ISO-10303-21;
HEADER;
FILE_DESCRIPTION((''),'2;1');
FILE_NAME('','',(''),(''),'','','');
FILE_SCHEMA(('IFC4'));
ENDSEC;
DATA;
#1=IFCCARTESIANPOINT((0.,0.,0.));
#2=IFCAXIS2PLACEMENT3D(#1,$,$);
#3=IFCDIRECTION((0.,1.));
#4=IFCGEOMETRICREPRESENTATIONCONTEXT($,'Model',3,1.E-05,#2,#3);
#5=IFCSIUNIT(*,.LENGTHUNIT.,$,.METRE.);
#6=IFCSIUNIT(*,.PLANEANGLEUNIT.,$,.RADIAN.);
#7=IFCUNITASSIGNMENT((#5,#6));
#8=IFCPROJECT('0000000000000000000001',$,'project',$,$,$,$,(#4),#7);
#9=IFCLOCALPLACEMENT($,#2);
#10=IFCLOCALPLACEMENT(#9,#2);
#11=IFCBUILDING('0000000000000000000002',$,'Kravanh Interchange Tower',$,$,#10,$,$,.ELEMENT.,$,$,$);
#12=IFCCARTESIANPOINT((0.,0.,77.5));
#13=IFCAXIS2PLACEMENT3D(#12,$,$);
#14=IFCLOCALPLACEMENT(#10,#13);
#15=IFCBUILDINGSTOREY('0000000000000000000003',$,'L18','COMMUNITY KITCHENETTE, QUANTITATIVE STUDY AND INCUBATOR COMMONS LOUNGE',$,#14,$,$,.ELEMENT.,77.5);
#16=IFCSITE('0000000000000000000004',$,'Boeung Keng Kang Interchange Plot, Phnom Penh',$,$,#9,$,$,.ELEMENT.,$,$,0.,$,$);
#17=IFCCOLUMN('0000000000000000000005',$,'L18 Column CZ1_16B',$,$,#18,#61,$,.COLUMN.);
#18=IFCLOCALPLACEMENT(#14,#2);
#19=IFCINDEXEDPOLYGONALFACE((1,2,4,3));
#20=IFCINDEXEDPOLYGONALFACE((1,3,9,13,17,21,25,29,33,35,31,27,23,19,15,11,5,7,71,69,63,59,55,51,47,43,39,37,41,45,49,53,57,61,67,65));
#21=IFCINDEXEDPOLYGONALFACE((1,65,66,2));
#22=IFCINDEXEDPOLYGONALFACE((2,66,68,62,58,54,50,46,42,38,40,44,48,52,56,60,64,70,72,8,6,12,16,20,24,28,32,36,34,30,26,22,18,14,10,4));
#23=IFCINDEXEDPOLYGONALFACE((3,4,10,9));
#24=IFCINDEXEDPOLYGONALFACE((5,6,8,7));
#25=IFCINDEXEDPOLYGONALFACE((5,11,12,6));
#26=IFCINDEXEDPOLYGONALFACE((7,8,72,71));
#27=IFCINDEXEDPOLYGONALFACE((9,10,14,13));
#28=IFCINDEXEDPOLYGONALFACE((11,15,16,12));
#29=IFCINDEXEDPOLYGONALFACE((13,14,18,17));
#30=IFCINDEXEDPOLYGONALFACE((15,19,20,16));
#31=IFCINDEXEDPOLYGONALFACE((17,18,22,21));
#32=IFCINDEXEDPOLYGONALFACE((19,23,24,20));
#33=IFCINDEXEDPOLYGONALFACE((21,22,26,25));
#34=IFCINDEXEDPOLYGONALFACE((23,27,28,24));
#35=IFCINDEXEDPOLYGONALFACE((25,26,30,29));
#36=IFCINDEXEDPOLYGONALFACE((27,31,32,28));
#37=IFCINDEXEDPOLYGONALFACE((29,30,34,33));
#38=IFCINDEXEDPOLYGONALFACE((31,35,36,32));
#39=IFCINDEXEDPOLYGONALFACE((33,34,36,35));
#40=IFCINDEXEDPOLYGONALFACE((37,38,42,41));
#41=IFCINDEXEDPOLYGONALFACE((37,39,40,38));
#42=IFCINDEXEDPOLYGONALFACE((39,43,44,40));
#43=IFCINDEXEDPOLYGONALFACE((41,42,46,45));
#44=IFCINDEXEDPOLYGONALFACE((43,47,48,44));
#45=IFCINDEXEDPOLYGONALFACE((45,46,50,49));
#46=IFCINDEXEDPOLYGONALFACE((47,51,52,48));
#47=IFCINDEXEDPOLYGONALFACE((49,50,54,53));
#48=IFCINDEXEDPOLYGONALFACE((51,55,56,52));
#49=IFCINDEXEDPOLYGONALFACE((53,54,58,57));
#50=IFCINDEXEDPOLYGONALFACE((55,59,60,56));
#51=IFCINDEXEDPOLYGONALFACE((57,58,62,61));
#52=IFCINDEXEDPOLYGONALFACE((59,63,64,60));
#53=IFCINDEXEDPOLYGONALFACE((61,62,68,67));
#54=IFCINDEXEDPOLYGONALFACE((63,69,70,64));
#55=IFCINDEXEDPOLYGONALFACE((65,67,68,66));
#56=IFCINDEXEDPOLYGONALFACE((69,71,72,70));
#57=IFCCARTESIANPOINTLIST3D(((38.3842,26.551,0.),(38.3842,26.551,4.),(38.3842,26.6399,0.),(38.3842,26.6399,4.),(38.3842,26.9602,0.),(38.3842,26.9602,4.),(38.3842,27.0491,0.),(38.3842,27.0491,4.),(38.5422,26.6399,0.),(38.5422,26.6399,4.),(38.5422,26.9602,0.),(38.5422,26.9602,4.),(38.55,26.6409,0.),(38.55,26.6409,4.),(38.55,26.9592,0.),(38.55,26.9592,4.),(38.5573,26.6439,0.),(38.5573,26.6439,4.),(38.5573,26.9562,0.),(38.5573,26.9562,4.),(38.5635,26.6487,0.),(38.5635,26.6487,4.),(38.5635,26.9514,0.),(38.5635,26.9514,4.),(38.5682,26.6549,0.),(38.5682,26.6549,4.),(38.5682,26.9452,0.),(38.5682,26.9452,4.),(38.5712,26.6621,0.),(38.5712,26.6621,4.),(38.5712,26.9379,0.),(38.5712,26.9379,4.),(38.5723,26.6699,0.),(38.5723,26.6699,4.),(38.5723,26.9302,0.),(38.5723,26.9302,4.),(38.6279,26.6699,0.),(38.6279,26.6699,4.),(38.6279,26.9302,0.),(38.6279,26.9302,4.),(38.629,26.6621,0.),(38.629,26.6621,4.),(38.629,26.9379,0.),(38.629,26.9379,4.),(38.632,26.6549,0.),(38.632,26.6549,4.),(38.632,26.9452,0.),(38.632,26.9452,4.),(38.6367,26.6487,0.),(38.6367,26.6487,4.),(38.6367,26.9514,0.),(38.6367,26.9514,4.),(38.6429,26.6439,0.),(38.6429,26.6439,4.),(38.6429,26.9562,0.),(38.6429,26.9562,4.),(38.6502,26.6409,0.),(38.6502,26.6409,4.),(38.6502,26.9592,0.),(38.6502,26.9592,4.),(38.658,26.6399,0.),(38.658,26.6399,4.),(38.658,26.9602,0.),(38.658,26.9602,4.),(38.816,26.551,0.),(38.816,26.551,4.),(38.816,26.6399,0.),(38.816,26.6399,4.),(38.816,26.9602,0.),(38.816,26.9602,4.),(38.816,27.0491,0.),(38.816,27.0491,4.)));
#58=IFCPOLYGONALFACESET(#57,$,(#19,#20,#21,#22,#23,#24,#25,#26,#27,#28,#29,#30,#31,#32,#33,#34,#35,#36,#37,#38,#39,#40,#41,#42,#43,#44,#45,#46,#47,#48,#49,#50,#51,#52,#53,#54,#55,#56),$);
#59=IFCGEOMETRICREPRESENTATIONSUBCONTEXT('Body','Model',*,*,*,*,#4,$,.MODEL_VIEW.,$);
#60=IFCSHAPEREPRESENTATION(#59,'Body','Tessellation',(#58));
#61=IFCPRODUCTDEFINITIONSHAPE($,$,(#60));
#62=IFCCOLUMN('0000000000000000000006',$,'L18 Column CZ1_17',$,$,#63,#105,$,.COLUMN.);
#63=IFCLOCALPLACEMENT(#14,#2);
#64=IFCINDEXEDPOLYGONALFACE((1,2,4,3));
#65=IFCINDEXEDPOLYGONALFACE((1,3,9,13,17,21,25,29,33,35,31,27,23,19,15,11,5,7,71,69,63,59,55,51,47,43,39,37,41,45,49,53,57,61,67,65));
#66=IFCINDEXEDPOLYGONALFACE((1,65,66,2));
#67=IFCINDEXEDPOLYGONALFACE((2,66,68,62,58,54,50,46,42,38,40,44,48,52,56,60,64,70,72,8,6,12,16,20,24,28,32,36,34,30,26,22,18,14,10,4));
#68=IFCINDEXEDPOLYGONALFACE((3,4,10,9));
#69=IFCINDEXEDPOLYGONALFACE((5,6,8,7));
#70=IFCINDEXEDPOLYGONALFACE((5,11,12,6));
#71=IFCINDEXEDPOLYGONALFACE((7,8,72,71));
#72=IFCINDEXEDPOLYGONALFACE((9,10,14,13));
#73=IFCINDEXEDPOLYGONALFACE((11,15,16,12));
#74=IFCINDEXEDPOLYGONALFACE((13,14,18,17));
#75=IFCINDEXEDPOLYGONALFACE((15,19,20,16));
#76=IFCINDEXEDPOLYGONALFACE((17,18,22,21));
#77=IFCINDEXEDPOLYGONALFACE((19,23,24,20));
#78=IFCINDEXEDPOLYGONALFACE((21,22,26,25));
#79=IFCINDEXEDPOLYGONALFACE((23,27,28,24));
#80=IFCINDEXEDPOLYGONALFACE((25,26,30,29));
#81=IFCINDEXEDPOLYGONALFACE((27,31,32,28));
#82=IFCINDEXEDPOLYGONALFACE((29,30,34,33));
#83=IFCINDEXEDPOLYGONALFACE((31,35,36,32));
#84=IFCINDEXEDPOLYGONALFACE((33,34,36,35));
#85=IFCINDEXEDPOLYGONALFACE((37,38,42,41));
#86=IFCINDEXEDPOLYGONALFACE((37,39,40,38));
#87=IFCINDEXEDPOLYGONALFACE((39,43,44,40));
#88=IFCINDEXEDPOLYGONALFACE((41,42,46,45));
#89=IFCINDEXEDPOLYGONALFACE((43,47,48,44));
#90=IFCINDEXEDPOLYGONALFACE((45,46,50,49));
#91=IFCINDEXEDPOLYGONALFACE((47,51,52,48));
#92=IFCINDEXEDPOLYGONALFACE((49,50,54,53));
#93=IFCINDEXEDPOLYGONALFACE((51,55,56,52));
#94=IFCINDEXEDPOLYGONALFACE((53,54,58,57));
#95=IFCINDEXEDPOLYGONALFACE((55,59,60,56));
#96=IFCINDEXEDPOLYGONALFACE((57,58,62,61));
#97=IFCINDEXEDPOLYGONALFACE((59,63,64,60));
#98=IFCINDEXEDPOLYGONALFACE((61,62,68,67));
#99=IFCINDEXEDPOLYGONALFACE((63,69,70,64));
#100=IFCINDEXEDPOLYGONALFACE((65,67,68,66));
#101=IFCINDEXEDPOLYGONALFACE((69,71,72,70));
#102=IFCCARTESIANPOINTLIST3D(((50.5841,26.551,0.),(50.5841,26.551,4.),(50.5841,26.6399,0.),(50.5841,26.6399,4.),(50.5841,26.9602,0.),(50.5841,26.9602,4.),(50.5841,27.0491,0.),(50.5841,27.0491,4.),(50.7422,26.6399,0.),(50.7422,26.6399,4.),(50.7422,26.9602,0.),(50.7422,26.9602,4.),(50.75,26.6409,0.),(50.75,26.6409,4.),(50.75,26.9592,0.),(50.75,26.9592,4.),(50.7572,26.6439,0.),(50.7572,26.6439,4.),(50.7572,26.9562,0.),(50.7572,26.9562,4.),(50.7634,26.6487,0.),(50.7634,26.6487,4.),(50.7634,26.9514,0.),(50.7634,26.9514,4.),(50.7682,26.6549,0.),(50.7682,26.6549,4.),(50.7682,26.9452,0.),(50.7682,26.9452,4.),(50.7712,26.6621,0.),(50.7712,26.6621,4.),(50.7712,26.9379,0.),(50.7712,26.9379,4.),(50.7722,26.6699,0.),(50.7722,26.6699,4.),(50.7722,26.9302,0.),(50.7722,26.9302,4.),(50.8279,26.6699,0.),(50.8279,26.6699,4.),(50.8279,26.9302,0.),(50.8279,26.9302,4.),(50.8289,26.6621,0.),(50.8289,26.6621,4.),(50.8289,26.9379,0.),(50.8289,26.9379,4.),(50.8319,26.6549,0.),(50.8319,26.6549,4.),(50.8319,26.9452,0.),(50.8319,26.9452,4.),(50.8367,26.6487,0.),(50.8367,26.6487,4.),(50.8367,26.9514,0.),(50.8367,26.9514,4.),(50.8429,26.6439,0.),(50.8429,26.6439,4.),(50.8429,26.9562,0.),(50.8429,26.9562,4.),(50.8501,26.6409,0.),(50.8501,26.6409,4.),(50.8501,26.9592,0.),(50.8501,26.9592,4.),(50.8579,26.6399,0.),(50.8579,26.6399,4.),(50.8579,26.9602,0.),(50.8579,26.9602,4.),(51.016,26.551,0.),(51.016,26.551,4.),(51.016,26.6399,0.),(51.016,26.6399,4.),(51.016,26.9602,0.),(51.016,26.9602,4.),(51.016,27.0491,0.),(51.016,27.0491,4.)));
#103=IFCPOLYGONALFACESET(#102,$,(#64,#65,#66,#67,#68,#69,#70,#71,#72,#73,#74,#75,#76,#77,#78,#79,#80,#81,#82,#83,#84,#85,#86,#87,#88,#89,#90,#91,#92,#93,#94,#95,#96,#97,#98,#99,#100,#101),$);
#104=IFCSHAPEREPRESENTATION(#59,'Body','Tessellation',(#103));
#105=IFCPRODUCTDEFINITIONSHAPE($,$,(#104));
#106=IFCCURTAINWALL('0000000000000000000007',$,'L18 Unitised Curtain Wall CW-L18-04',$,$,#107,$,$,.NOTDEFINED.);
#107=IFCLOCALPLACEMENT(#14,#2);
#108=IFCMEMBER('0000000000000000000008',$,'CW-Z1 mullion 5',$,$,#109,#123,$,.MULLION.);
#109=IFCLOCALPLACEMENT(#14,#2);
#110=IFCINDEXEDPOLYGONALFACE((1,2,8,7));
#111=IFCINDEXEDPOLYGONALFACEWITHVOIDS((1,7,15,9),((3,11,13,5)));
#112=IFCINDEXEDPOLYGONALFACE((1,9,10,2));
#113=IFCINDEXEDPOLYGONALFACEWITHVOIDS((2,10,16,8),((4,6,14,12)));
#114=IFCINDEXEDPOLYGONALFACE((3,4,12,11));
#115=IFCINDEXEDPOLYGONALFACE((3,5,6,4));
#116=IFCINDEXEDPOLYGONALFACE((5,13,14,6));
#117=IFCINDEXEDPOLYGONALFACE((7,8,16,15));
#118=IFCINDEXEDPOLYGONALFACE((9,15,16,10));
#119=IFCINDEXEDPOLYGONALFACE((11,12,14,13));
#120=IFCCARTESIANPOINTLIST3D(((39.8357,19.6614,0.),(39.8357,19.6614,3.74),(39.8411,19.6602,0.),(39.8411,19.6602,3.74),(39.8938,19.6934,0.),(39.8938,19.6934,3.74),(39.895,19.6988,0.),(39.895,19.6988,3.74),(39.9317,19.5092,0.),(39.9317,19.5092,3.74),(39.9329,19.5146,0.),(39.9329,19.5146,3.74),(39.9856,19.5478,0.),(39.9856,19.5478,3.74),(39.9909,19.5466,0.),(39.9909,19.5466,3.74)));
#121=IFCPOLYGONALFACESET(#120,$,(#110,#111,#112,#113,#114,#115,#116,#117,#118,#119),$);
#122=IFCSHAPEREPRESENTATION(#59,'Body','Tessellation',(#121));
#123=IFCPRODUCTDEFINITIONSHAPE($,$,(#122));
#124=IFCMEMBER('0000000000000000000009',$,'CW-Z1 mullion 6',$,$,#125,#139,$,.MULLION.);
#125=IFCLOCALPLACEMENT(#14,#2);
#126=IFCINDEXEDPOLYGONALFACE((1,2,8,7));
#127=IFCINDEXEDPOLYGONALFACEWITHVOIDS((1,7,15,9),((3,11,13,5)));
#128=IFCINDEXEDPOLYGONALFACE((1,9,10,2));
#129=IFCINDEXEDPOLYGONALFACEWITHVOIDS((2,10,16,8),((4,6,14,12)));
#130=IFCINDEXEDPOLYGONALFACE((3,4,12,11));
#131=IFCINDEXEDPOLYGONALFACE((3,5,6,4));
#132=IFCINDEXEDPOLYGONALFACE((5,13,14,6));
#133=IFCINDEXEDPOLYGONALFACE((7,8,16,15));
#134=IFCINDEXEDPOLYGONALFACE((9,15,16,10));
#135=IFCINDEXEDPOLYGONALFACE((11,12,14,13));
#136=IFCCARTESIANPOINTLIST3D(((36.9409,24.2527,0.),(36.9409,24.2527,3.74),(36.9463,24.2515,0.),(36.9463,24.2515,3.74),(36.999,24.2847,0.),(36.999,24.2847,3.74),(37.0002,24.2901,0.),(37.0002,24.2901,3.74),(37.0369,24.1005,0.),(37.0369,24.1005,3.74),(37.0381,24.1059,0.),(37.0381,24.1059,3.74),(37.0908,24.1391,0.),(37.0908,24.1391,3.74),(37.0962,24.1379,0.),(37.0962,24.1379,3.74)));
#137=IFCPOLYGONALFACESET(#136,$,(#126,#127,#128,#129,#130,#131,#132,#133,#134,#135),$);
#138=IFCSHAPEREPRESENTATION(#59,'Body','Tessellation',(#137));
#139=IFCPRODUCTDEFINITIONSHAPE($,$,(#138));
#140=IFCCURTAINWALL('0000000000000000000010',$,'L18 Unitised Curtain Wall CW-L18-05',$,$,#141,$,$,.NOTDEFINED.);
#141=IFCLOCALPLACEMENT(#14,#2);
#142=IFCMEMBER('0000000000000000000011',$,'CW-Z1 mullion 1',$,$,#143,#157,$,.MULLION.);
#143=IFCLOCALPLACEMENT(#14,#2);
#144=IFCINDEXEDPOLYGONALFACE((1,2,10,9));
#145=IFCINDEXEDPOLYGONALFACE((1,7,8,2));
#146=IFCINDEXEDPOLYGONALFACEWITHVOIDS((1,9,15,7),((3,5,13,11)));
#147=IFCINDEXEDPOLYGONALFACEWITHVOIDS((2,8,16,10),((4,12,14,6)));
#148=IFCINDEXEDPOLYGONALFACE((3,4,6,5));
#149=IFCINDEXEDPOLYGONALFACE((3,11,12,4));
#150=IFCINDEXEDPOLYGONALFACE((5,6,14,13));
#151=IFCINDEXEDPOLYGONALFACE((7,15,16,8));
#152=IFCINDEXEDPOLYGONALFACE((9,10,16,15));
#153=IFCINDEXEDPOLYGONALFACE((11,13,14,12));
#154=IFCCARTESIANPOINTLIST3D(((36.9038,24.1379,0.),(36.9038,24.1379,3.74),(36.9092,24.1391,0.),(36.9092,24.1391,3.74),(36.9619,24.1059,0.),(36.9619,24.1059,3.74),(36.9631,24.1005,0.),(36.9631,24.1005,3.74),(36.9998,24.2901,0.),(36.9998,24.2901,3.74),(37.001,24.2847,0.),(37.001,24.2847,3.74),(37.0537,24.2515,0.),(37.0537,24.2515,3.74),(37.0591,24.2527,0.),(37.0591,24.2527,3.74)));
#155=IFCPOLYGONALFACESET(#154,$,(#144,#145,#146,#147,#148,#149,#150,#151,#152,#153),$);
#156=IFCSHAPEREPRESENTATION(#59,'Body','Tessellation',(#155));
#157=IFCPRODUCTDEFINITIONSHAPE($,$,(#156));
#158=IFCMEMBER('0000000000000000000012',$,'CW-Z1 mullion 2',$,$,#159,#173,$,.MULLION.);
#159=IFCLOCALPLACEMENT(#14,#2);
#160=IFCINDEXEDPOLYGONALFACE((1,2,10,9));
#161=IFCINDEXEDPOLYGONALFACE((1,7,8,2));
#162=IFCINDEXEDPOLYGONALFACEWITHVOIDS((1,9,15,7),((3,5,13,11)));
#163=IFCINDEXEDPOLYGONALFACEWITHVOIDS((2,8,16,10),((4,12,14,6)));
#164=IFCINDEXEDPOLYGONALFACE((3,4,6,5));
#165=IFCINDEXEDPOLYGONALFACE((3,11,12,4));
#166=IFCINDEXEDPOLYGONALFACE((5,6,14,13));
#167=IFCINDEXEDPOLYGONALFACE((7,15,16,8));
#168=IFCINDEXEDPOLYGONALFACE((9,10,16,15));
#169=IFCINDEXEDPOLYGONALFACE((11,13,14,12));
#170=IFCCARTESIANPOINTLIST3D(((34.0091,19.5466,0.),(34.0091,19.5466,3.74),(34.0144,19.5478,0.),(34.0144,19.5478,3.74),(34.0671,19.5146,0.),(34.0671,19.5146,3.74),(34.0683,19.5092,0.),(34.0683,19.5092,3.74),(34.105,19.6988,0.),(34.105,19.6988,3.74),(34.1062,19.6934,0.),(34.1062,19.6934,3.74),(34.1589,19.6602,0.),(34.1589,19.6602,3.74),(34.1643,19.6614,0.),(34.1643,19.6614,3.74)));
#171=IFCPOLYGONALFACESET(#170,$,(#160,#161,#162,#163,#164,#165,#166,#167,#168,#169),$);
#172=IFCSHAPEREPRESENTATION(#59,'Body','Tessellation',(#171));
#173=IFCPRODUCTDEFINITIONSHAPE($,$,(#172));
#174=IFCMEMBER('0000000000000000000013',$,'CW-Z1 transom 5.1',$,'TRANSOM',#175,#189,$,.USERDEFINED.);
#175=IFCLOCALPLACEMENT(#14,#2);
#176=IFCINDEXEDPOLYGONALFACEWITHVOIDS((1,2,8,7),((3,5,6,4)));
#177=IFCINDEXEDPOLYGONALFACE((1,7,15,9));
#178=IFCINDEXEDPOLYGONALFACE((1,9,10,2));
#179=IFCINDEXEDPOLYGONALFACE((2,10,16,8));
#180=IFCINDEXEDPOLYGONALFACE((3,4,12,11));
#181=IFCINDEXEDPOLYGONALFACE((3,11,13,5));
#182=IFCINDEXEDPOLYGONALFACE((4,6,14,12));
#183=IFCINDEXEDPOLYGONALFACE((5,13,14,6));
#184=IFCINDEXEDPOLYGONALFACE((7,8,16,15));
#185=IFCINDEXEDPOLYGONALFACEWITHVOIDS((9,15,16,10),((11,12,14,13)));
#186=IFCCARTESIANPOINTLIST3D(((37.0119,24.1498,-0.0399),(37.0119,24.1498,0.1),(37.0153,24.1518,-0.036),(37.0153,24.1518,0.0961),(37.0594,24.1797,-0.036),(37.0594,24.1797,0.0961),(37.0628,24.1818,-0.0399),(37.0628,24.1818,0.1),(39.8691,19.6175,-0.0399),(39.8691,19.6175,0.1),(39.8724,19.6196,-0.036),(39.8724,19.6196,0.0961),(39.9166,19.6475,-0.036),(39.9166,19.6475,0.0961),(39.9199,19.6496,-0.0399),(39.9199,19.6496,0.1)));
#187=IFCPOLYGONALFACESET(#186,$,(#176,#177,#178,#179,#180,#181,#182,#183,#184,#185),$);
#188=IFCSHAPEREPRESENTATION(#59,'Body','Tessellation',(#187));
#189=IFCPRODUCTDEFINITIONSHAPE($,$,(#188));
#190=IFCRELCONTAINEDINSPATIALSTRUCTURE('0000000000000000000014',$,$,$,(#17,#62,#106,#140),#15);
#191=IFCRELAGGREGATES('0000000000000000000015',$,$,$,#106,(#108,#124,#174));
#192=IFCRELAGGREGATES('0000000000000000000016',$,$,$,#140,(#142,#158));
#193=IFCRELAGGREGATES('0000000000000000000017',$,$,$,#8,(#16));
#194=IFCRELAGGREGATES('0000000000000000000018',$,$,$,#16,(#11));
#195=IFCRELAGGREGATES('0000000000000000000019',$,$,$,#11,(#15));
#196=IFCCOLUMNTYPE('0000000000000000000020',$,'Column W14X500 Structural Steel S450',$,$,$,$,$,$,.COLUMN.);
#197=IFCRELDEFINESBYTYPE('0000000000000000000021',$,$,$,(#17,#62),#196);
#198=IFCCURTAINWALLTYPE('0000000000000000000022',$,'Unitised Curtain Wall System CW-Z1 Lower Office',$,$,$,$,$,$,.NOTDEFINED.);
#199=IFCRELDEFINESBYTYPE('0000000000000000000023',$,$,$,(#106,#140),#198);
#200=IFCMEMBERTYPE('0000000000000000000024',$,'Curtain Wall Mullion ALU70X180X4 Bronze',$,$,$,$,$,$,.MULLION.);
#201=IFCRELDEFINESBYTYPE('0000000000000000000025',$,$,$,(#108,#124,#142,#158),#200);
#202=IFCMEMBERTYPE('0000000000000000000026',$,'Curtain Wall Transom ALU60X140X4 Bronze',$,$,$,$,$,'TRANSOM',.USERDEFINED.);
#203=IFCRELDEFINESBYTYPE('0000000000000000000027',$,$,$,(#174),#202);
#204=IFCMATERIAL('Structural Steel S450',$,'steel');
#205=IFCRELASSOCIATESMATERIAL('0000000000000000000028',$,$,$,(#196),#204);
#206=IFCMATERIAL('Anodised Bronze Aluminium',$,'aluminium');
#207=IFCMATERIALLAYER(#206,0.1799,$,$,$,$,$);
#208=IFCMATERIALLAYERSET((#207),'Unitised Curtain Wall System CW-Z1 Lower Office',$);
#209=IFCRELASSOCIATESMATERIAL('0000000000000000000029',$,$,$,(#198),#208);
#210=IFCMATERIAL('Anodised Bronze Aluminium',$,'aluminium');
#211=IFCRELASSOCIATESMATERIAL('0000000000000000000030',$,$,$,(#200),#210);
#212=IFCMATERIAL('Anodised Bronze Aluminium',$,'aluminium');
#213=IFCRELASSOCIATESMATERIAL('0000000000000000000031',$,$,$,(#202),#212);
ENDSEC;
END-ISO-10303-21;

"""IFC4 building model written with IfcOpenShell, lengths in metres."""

from ifc_helpers import new_model, si_unit, direction, frame, origin, origin_2d, place, context, subcontext, project, spatial, hollow_rectangle, i_section, extrude, material, layer, layer_set, material_profile, profile_set, type_object, element, aggregate, save


model = new_model("IFC4")

# Units and contexts
model_context = context("Model", 3, precision=1e-05, world=origin(), true_north=direction((0.0, 1.0)))
body_context = subcontext(model_context, "Body", "Model", "MODEL_VIEW")
ifc_project = project(units=[si_unit("LENGTHUNIT", "METRE"), si_unit("PLANEANGLEUNIT", "RADIAN")], contexts=[model_context])

# Site, building, storey
site_placement = place(None, origin())
site = spatial("IfcSite", under=ifc_project, at=site_placement, Name="Boeung Keng Kang Interchange Plot, Phnom Penh", CompositionType="ELEMENT", RefElevation=0.0)
building_placement = place(site_placement, origin())
building = spatial("IfcBuilding", under=site, at=building_placement, Name="Kravanh Interchange Tower", CompositionType="ELEMENT")
storey_placement = place(building_placement, frame((0.0, 0.0, 77.5)))
storey = spatial("IfcBuildingStorey", under=building, at=storey_placement, Name="L18", Description="COMMUNITY KITCHENETTE, QUANTITATIVE STUDY AND INCUBATOR COMMONS LOUNGE", CompositionType="ELEMENT", Elevation=77.5)

# Columns
ifc_material_1 = material(Name="Structural Steel S450", Category="steel")
ifc_material_profile_1 = material_profile(ifc_material_1, i_section(OverallWidth=0.4319, OverallDepth=0.498, WebThickness=0.0557, FlangeThickness=0.0889, FilletRadius=0.03, at=origin_2d()), Name="W14X500")
ifc_profile_set_1 = profile_set([ifc_material_profile_1], Name="Structural Steel S450")
column_type = type_object("IfcColumnType", Name="Column W14X500 Structural Steel S450", PredefinedType="COLUMN", material=ifc_profile_set_1)
for number, where, z_axis, x_axis, name in (
    (1, (38.6001, 26.8, 0.0), (0.0, 0.0, 1.0), (1.0, 0.0, 0.0), "L18 Column CZ1_16B"),
    (2, (50.8, 26.8, 0.0), (0.0, 0.0, 1.0), (1.0, 0.0, 0.0), "L18 Column CZ1_17"),
):
    element("IfcColumn", number, at=place(storey_placement, frame(where, z_axis=z_axis, x_axis=x_axis)), inside=storey, type_object=column_type, Name=name, PredefinedType="COLUMN", context=body_context, shape_type="SweptSolid", body=[
        extrude(i_section(OverallWidth=0.4319, OverallDepth=0.498, WebThickness=0.0557, FlangeThickness=0.0889, FilletRadius=0.03, at=origin_2d()), origin(), (0.0, 0.0, 1.0), 4.0),
    ])

# Curtain walls, members
ifc_material_2 = material(Name="Anodised Bronze Aluminium", Category="aluminium")
ifc_layer_1 = layer(ifc_material_2, 0.1799)
ifc_layer_set_1 = layer_set([ifc_layer_1], Name="Unitised Curtain Wall System CW-Z1 Lower Office")
curtain_wall_type = type_object("IfcCurtainWallType", Name="Unitised Curtain Wall System CW-Z1 Lower Office", PredefinedType="NOTDEFINED", material=ifc_layer_set_1)
curtain_wall_1_placement = place(storey_placement, origin())
curtain_wall_1 = element("IfcCurtainWall", 3, at=curtain_wall_1_placement, inside=storey, type_object=curtain_wall_type, Name="L18 Unitised Curtain Wall CW-L18-04", PredefinedType="NOTDEFINED")
ifc_material_3 = material(Name="Anodised Bronze Aluminium", Category="aluminium")
ifc_material_profile_2 = material_profile(ifc_material_3, hollow_rectangle(XDim=0.0701, YDim=0.1799, WallThickness=0.0039, at=origin_2d()), Name="ALU70X180X4")
ifc_profile_set_2 = profile_set([ifc_material_profile_2], Name="Anodised Bronze Aluminium")
member_type_1 = type_object("IfcMemberType", Name="Curtain Wall Mullion ALU70X180X4 Bronze", PredefinedType="MULLION", material=ifc_profile_set_2)
member_1_placement = place(storey_placement, frame((39.9133, 19.604, 0.0), z_axis=(0.0, 0.0, 1.0), x_axis=(-0.845926, -0.533301, 0.0)))
member_1 = element("IfcMember", 4, at=member_1_placement, type_object=member_type_1, Name="CW-Z1 mullion 5", PredefinedType="MULLION", context=body_context, shape_type="SweptSolid", body=[
    extrude(hollow_rectangle(XDim=0.0701, YDim=0.1799, WallThickness=0.0039, at=origin_2d()), origin(), (0.0, 0.0, 1.0), 3.74),
])
member_2_placement = place(storey_placement, frame((37.0186, 24.1953, 0.0), z_axis=(0.0, 0.0, 1.0), x_axis=(-0.845926, -0.533301, 0.0)))
member_2 = element("IfcMember", 5, at=member_2_placement, type_object=member_type_1, Name="CW-Z1 mullion 6", PredefinedType="MULLION", context=body_context, shape_type="SweptSolid", body=[
    extrude(hollow_rectangle(XDim=0.0701, YDim=0.1799, WallThickness=0.0039, at=origin_2d()), origin(), (0.0, 0.0, 1.0), 3.74),
])
curtain_wall_2_placement = place(storey_placement, origin())
curtain_wall_2 = element("IfcCurtainWall", 6, at=curtain_wall_2_placement, inside=storey, type_object=curtain_wall_type, Name="L18 Unitised Curtain Wall CW-L18-05", PredefinedType="NOTDEFINED")
member_3_placement = place(storey_placement, frame((36.9814, 24.1953, 0.0), z_axis=(0.0, 0.0, 1.0), x_axis=(0.845926, -0.533301, 0.0)))
member_3 = element("IfcMember", 7, at=member_3_placement, type_object=member_type_1, Name="CW-Z1 mullion 1", PredefinedType="MULLION", context=body_context, shape_type="SweptSolid", body=[
    extrude(hollow_rectangle(XDim=0.0701, YDim=0.1799, WallThickness=0.0039, at=origin_2d()), origin(), (0.0, 0.0, 1.0), 3.74),
])
member_4_placement = place(storey_placement, frame((34.0867, 19.604, 0.0), z_axis=(0.0, 0.0, 1.0), x_axis=(0.845926, -0.533301, 0.0)))
member_4 = element("IfcMember", 8, at=member_4_placement, type_object=member_type_1, Name="CW-Z1 mullion 2", PredefinedType="MULLION", context=body_context, shape_type="SweptSolid", body=[
    extrude(hollow_rectangle(XDim=0.0701, YDim=0.1799, WallThickness=0.0039, at=origin_2d()), origin(), (0.0, 0.0, 1.0), 3.74),
])

# Member
ifc_material_4 = material(Name="Anodised Bronze Aluminium", Category="aluminium")
ifc_material_profile_3 = material_profile(ifc_material_4, hollow_rectangle(XDim=0.0601, YDim=0.1399, WallThickness=0.0039, at=origin_2d()), Name="ALU60X140X4")
ifc_profile_set_3 = profile_set([ifc_material_profile_3], Name="Anodised Bronze Aluminium")
member_type_2 = type_object("IfcMemberType", Name="Curtain Wall Transom ALU60X140X4 Bronze", ElementType="TRANSOM", PredefinedType="USERDEFINED", material=ifc_profile_set_3)
member_5_placement = place(storey_placement, frame((39.8945, 19.6335, 0.03), z_axis=(-0.533288, 0.845934, 0.0), x_axis=(-0.845934, -0.533288, 0.0)))
member_5 = element("IfcMember", 9, at=member_5_placement, type_object=member_type_2, Name="CW-Z1 transom 5.1", ObjectType="TRANSOM", PredefinedType="USERDEFINED", context=body_context, shape_type="SweptSolid", body=[
    extrude(hollow_rectangle(XDim=0.0601, YDim=0.1399, WallThickness=0.0039, at=origin_2d()), origin(), (0.0, 0.0, 1.0), 5.3577),
])

aggregate(curtain_wall_1, [member_1, member_2, member_5])
aggregate(curtain_wall_2, [member_3, member_4])

save(model, "model.ifc")
